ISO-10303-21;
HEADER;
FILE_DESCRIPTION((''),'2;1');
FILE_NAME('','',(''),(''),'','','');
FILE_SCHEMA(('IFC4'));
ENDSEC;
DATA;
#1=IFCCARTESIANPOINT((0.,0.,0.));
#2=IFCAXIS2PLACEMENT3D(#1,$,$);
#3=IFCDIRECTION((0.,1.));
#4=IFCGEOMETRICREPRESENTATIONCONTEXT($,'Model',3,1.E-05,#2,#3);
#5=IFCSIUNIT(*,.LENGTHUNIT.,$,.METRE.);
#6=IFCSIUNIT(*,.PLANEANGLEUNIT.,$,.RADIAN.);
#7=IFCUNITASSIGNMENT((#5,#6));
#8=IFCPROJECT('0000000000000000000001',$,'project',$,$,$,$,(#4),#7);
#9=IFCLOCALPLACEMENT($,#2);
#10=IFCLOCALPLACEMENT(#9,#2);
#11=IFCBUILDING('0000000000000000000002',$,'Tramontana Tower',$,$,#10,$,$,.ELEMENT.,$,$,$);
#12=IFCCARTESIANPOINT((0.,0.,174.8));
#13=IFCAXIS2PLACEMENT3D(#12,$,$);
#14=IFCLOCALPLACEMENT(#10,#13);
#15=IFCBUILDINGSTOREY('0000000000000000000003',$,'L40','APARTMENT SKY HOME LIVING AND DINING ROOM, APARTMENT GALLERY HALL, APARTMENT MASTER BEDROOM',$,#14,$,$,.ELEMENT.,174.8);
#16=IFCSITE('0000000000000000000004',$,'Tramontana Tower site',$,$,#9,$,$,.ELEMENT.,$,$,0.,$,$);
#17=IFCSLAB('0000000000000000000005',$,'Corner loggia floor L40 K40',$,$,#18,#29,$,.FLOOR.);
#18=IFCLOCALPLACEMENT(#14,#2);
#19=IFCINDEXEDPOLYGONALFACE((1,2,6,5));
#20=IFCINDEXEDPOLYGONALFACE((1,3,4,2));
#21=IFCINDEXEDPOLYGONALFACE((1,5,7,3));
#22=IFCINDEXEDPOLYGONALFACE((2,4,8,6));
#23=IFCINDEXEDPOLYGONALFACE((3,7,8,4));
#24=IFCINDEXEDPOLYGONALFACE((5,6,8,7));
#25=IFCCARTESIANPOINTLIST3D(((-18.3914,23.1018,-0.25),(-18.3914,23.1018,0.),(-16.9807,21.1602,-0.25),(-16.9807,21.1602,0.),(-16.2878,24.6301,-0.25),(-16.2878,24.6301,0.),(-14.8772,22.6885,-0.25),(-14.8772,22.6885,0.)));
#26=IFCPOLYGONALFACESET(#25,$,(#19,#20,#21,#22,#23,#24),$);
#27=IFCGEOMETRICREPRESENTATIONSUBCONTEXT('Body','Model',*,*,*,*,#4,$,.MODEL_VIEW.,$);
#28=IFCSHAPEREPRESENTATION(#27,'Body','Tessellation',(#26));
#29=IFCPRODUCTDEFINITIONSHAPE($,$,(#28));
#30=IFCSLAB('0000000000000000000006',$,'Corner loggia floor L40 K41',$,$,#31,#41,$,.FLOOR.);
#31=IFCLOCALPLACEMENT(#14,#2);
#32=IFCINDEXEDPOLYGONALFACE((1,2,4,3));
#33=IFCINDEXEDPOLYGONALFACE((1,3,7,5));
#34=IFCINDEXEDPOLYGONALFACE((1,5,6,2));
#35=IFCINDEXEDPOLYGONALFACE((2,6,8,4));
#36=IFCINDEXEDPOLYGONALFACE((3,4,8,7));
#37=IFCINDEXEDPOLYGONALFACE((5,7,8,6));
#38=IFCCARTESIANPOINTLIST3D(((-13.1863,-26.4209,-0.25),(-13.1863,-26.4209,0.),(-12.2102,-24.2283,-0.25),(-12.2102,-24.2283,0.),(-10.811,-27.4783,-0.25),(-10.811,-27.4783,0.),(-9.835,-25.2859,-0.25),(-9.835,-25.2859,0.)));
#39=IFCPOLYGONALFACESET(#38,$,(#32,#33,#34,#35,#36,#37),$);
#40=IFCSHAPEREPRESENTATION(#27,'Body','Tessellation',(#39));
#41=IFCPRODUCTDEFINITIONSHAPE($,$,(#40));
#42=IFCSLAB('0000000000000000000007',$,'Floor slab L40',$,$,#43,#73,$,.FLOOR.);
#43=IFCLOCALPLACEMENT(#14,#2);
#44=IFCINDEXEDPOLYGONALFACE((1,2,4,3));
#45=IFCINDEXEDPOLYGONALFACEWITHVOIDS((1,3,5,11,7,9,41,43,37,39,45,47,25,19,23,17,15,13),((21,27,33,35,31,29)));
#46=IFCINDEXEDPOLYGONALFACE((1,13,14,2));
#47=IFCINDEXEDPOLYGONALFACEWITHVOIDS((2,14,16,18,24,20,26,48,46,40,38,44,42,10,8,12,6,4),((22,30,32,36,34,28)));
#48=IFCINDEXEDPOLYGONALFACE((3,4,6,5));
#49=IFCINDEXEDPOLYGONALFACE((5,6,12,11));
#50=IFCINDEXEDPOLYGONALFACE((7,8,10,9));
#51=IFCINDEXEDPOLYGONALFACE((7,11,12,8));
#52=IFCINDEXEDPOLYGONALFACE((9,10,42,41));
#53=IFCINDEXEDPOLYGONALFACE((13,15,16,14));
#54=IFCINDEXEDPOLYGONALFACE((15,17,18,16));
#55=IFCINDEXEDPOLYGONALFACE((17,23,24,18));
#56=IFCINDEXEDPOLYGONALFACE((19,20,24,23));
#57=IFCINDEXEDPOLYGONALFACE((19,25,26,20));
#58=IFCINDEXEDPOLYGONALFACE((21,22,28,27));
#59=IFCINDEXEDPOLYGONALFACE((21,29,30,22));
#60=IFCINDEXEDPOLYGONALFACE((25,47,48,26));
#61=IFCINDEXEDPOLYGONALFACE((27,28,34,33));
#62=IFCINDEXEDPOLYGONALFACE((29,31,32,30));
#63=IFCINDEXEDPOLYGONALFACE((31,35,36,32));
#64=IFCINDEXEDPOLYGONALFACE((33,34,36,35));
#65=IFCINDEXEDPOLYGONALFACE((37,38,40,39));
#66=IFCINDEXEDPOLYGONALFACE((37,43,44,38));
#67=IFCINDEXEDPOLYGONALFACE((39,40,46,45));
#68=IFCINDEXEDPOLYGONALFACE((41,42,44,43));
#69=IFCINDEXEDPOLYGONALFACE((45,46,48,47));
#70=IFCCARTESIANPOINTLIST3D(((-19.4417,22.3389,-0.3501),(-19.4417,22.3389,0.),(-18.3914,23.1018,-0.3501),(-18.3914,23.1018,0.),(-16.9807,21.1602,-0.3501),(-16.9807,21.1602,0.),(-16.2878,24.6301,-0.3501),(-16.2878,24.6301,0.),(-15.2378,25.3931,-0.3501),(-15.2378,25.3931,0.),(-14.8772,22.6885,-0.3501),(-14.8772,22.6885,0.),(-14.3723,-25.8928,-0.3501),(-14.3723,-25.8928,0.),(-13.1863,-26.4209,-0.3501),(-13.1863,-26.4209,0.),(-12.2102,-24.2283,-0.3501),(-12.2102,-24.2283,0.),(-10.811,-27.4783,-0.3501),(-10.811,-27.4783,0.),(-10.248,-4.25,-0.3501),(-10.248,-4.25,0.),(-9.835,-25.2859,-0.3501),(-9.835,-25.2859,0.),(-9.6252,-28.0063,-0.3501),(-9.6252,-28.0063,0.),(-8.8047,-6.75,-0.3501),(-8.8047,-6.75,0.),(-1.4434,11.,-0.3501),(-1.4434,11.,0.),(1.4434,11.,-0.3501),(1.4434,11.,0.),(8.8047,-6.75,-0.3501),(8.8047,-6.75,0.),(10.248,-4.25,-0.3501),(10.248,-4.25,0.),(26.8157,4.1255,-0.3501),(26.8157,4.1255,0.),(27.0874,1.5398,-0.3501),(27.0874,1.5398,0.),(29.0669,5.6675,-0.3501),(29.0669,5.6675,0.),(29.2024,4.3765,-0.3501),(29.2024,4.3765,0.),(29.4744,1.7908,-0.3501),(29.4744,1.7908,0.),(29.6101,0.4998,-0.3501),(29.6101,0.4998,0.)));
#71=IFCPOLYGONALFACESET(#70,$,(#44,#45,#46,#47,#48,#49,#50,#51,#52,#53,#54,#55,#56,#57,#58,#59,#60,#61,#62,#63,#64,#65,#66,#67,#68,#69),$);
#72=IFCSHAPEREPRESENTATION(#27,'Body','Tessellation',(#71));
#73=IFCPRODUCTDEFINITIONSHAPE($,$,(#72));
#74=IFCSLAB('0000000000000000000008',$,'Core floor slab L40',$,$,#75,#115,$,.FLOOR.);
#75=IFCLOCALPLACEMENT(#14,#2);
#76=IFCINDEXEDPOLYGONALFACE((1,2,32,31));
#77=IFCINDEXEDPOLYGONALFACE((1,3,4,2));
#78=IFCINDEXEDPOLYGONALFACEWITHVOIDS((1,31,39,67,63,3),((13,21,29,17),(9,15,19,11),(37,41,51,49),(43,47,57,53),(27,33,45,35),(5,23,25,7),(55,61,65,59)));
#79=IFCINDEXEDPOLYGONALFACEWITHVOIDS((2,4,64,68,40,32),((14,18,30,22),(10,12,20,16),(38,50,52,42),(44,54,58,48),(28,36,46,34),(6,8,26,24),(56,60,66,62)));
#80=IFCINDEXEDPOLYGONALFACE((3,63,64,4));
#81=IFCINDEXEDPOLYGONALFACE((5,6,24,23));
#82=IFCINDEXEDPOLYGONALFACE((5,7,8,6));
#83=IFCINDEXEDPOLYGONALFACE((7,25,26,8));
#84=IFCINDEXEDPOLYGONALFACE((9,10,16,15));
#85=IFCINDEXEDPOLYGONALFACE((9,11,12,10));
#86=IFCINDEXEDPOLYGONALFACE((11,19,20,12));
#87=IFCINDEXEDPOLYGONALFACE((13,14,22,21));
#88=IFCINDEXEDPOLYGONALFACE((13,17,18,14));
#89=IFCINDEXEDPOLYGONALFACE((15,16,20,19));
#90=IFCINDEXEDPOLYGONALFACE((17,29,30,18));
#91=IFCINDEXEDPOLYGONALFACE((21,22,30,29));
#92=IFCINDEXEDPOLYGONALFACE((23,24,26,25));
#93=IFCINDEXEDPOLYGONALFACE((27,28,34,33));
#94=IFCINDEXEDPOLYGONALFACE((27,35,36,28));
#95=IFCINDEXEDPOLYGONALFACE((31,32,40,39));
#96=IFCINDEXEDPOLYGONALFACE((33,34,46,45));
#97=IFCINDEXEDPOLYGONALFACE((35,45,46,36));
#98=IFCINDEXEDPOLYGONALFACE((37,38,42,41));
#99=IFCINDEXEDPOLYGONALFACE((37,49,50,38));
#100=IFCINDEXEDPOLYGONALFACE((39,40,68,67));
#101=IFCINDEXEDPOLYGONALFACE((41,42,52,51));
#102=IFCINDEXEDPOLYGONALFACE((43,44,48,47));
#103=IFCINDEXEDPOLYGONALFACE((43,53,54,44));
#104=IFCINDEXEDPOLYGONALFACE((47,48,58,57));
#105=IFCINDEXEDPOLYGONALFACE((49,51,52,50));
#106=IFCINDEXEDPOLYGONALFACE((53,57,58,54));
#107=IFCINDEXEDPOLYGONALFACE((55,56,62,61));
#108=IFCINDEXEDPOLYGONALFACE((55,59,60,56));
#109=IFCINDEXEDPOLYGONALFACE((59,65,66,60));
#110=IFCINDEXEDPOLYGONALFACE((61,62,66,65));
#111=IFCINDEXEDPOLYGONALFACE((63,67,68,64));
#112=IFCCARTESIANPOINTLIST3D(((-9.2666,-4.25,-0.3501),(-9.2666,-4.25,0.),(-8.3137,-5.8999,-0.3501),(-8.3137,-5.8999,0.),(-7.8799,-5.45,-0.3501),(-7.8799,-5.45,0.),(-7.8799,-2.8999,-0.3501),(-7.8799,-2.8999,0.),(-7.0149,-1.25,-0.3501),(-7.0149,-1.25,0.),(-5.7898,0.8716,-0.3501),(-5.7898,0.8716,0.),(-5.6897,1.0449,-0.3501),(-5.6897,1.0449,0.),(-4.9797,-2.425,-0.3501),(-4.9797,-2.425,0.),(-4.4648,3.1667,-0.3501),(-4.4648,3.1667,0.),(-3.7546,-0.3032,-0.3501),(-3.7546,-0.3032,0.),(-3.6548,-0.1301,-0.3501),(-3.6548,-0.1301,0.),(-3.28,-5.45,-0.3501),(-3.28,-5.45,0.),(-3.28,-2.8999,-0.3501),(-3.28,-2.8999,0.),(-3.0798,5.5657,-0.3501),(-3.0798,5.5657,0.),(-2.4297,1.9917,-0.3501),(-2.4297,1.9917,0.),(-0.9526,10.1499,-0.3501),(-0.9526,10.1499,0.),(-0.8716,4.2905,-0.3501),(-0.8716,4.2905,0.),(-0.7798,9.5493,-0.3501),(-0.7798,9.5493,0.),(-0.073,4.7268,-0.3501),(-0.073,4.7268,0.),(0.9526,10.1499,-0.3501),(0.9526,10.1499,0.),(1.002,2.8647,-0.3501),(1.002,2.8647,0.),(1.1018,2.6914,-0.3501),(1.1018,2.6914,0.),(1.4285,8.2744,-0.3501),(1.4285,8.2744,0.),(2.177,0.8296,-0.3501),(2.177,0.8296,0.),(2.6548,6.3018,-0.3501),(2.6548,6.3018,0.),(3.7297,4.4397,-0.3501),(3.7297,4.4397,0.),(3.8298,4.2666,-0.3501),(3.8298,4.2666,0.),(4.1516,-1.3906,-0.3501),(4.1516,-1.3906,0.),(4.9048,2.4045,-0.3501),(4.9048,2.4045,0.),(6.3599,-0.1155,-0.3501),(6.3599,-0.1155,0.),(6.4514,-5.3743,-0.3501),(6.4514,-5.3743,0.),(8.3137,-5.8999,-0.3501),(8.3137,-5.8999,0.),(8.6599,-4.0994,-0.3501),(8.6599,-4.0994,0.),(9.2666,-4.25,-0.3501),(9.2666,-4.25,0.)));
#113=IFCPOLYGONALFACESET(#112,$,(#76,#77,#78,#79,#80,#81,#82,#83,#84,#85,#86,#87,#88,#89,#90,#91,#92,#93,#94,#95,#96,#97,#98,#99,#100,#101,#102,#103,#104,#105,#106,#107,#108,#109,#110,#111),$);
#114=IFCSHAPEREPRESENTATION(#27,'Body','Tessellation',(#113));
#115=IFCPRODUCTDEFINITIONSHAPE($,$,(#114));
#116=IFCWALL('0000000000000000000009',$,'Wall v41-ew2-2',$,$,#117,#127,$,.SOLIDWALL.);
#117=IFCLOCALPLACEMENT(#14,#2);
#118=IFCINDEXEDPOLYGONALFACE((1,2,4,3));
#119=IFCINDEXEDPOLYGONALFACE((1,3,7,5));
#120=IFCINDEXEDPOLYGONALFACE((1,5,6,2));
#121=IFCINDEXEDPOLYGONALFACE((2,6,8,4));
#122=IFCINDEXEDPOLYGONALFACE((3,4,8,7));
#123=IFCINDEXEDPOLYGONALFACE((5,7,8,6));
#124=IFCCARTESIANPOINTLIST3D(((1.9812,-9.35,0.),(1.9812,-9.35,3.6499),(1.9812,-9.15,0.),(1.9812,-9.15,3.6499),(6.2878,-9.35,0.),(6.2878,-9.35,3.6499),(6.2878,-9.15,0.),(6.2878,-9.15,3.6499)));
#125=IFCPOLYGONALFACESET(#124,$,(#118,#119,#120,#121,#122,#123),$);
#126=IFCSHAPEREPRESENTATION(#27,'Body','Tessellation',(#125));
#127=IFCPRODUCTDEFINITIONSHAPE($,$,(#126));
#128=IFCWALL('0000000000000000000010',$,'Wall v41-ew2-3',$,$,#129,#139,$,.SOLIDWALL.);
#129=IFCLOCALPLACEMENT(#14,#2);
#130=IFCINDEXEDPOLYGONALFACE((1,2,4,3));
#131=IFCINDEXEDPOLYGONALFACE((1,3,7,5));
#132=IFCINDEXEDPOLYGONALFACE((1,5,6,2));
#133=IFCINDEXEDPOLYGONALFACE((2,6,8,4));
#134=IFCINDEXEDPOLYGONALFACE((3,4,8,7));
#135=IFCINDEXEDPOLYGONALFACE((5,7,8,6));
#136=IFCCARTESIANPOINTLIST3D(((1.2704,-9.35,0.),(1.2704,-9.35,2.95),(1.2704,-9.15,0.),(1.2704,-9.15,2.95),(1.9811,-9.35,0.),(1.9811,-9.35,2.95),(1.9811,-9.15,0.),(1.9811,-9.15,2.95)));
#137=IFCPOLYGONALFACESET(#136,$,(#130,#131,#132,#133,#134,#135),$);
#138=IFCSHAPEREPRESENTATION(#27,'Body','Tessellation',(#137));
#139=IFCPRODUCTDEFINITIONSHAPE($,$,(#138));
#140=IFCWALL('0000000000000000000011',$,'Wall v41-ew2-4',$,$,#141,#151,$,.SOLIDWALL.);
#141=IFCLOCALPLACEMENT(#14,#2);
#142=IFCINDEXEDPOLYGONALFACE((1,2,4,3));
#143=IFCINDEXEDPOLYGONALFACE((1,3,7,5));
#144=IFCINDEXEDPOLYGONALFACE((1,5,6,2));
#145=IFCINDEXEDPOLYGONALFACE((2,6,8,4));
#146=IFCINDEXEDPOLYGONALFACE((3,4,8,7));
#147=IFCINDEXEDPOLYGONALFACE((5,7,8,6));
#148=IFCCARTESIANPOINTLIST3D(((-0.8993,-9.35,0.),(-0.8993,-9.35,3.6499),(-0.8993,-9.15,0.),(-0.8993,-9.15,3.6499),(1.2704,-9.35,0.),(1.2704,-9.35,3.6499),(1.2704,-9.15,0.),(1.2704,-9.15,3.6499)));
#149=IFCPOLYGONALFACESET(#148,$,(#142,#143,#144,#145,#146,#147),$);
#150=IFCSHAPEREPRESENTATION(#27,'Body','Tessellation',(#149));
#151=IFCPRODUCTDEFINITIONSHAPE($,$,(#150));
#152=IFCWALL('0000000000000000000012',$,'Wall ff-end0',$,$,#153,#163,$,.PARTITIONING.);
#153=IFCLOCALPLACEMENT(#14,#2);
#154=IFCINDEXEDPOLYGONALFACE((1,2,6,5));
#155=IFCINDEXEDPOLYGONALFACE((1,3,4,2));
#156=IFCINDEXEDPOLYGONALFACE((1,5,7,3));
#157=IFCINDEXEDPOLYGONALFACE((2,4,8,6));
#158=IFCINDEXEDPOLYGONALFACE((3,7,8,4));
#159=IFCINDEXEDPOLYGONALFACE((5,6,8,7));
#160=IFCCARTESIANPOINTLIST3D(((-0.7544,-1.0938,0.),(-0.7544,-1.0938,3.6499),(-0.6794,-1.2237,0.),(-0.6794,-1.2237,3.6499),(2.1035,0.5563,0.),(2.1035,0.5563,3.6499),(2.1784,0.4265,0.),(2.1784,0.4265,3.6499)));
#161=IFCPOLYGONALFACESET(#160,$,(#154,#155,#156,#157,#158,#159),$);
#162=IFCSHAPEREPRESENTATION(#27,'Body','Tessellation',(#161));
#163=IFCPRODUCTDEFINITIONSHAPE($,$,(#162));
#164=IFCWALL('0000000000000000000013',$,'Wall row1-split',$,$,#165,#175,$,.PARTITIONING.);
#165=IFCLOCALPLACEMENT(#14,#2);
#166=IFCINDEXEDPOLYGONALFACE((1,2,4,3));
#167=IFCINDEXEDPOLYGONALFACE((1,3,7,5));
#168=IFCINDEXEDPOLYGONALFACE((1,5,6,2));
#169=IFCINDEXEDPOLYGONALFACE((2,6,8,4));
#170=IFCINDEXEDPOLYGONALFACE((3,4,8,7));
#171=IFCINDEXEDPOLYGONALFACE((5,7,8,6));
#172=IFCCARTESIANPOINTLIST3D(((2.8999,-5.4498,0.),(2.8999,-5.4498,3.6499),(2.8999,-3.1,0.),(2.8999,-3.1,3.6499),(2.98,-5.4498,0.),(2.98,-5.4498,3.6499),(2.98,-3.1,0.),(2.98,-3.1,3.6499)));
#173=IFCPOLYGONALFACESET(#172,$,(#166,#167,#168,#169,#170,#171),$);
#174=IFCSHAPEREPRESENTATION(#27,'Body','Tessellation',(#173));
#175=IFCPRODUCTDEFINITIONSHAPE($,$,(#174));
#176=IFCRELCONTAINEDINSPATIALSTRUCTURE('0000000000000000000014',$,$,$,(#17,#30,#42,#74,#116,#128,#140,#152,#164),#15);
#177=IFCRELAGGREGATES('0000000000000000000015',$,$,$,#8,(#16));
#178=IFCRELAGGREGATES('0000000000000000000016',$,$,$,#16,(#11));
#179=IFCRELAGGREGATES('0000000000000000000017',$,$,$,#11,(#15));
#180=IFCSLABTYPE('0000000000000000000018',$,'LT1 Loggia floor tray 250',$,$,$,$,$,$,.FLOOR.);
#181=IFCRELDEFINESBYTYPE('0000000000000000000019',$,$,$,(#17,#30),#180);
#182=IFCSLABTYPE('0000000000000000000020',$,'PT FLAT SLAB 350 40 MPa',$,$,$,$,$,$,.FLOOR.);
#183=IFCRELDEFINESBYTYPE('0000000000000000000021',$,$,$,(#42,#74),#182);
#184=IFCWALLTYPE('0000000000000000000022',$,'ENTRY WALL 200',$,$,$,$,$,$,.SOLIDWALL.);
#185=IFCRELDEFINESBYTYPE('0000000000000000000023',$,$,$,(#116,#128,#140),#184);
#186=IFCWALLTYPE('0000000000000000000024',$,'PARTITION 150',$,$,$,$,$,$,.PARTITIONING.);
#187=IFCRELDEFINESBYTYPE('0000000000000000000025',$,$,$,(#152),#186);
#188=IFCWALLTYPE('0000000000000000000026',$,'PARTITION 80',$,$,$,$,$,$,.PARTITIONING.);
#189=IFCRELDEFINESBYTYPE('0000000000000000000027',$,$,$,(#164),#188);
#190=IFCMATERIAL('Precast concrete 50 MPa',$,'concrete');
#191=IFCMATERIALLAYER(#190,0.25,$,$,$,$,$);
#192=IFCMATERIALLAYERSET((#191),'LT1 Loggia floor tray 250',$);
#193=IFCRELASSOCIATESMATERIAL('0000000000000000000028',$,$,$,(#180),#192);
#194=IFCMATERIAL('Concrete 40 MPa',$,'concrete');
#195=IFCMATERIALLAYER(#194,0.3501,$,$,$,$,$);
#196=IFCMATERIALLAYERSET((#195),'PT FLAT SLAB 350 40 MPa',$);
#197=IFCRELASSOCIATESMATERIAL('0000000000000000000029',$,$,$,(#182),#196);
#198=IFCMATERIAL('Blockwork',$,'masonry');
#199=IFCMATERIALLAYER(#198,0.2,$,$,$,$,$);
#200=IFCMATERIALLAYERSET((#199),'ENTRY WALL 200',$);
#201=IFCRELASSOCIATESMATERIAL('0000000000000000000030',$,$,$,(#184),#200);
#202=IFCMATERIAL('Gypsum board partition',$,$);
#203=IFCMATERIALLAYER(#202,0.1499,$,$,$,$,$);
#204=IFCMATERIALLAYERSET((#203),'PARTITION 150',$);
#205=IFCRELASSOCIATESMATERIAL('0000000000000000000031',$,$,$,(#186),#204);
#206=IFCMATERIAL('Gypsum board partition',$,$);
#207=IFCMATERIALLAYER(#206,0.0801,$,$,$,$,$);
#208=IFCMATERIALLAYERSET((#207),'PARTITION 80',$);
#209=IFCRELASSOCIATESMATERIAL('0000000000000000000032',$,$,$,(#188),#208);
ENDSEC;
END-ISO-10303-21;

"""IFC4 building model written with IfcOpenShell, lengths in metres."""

from ifc_helpers import new_model, si_unit, direction, frame, frame_2d, origin, place, context, subcontext, project, spatial, polyline, rectangle, outline, extrude, material, layer, layer_set, type_object, element, save


model = new_model("IFC4")

# Units and contexts
model_context = context("Model", 3, precision=1e-05, world=origin(), true_north=direction((0.0, 1.0)))
body_context = subcontext(model_context, "Body", "Model", "MODEL_VIEW")
ifc_project = project(units=[si_unit("LENGTHUNIT", "METRE"), si_unit("PLANEANGLEUNIT", "RADIAN")], contexts=[model_context])

# Site, building, storey
site_placement = place(None, origin())
site = spatial("IfcSite", under=ifc_project, at=site_placement, Name="Tramontana Tower site", CompositionType="ELEMENT", RefElevation=0.0)
building_placement = place(site_placement, origin())
building = spatial("IfcBuilding", under=site, at=building_placement, Name="Tramontana Tower", CompositionType="ELEMENT")
storey_placement = place(building_placement, frame((0.0, 0.0, 174.8)))
storey = spatial("IfcBuildingStorey", under=building, at=storey_placement, Name="L40", Description="APARTMENT SKY HOME LIVING AND DINING ROOM, APARTMENT GALLERY HALL, APARTMENT MASTER BEDROOM", CompositionType="ELEMENT", Elevation=174.8)

# Slabs
ifc_material_1 = material(Name="Precast concrete 50 MPa", Category="concrete")
ifc_layer_1 = layer(ifc_material_1, 0.25)
ifc_layer_set_1 = layer_set([ifc_layer_1], Name="LT1 Loggia floor tray 250")
slab_type_1 = type_object("IfcSlabType", Name="LT1 Loggia floor tray 250", PredefinedType="FLOOR", material=ifc_layer_set_1)
slab_1_placement = place(storey_placement, frame((0.0, 0.0, -0.25)))
element("IfcSlab", 1, at=slab_1_placement, inside=storey, type_object=slab_type_1, Name="Corner loggia floor L40 K40", PredefinedType="FLOOR", context=body_context, shape_type="SweptSolid", body=[
    extrude(outline(polyline([(-16.2878, 24.6301), (-14.8772, 22.6885), (-16.9807, 21.1602), (-18.3914, 23.1018), (-16.2878, 24.6301)])), origin(), (0.0, 0.0, 1.0), 0.25),
])
slab_2_placement = place(storey_placement, frame((0.0, 0.0, -0.25)))
element("IfcSlab", 2, at=slab_2_placement, inside=storey, type_object=slab_type_1, Name="Corner loggia floor L40 K41", PredefinedType="FLOOR", context=body_context, shape_type="SweptSolid", body=[
    extrude(outline(polyline([(-13.1863, -26.4209), (-12.2102, -24.2283), (-9.835, -25.2859), (-10.811, -27.4783), (-13.1863, -26.4209)])), origin(), (0.0, 0.0, 1.0), 0.25),
])
ifc_material_2 = material(Name="Concrete 40 MPa", Category="concrete")
ifc_layer_2 = layer(ifc_material_2, 0.3501)
ifc_layer_set_2 = layer_set([ifc_layer_2], Name="PT FLAT SLAB 350 40 MPa")
slab_type_2 = type_object("IfcSlabType", Name="PT FLAT SLAB 350 40 MPa", PredefinedType="FLOOR", material=ifc_layer_set_2)
slab_3_placement = place(storey_placement, frame((0.0, 0.0, -0.3501)))
element("IfcSlab", 3, at=slab_3_placement, inside=storey, type_object=slab_type_2, Name="Floor slab L40", PredefinedType="FLOOR", context=body_context, shape_type="SweptSolid", body=[
    extrude(outline(polyline([(29.2024, 4.3765), (26.8157, 4.1255), (27.0874, 1.5398), (29.4744, 1.7908), (29.6101, 0.4998), (-9.6252, -28.0063), (-10.811, -27.4783), (-9.835, -25.2859), (-12.2102, -24.2283), (-13.1863, -26.4209), (-14.3723, -25.8928), (-19.4417, 22.3389), (-18.3914, 23.1018), (-16.9807, 21.1602), (-14.8772, 22.6885), (-16.2878, 24.6301), (-15.2378, 25.3931), (29.0669, 5.6675), (29.2024, 4.3765)]), holes=[polyline([(-10.248, -4.25), (-8.8047, -6.75), (8.8047, -6.75), (10.248, -4.25), (1.4434, 11.0), (-1.4434, 11.0), (-10.248, -4.25)])]), origin(), (0.0, 0.0, 1.0), 0.3501),
])
slab_4_placement = place(storey_placement, frame((0.0, 0.0, -0.3501)))
element("IfcSlab", 4, at=slab_4_placement, inside=storey, type_object=slab_type_2, Name="Core floor slab L40", PredefinedType="FLOOR", context=body_context, shape_type="SweptSolid", body=[
    extrude(outline(polyline([(9.2666, -4.25), (8.3137, -5.8999), (-8.3137, -5.8999), (-9.2666, -4.25), (-0.9526, 10.1499), (0.9526, 10.1499), (9.2666, -4.25)]), holes=[polyline([(8.6599, -4.0994), (6.3599, -0.1155), (4.1516, -1.3906), (6.4514, -5.3743), (8.6599, -4.0994)]), polyline([(3.8298, 4.2666), (1.1018, 2.6914), (2.177, 0.8296), (4.9048, 2.4045), (3.8298, 4.2666)]), polyline([(2.6548, 6.3018), (-0.073, 4.7268), (1.002, 2.8647), (3.7297, 4.4397), (2.6548, 6.3018)]), polyline([(-0.7798, 9.5493), (-3.0798, 5.5657), (-0.8716, 4.2905), (1.4285, 8.2744), (-0.7798, 9.5493)]), polyline([(-5.6897, 1.0449), (-3.6548, -0.1301), (-2.4297, 1.9917), (-4.4648, 3.1667), (-5.6897, 1.0449)]), polyline([(-3.28, -5.45), (-3.28, -2.8999), (-7.8799, -2.8999), (-7.8799, -5.45), (-3.28, -5.45)]), polyline([(-7.0149, -1.25), (-4.9797, -2.425), (-3.7546, -0.3032), (-5.7898, 0.8716), (-7.0149, -1.25)])]), origin(), (0.0, 0.0, 1.0), 0.3501),
])

# Walls
ifc_material_3 = material(Name="Blockwork", Category="masonry")
ifc_layer_3 = layer(ifc_material_3, 0.2)
ifc_layer_set_3 = layer_set([ifc_layer_3], Name="ENTRY WALL 200")
wall_type_1 = type_object("IfcWallType", Name="ENTRY WALL 200", PredefinedType="SOLIDWALL", material=ifc_layer_set_3)
wall_1_placement = place(storey_placement, frame((6.2878, -9.25, 0.0), z_axis=(0.0, 0.0, 1.0), x_axis=(-1.0, 0.0, 0.0)))
element("IfcWall", 5, at=wall_1_placement, inside=storey, type_object=wall_type_1, Name="Wall v41-ew2-2", PredefinedType="SOLIDWALL", context=body_context, shape_type="SweptSolid", body=[
    extrude(rectangle(XDim=4.3066, YDim=0.2, at=frame_2d((2.1533, 0.0))), origin(), (0.0, 0.0, 1.0), 3.6499),
])
wall_2_placement = place(storey_placement, frame((1.9812, -9.25, 0.0), z_axis=(0.0, 0.0, 1.0), x_axis=(-1.0, 0.0, 0.0)))
element("IfcWall", 6, at=wall_2_placement, inside=storey, type_object=wall_type_1, Name="Wall v41-ew2-3", PredefinedType="SOLIDWALL", context=body_context, shape_type="SweptSolid", body=[
    extrude(rectangle(XDim=0.7107, YDim=0.2, at=frame_2d((0.3555, 0.0))), origin(), (0.0, 0.0, 1.0), 2.95),
])
wall_3_placement = place(storey_placement, frame((1.2705, -9.25, 0.0), z_axis=(0.0, 0.0, 1.0), x_axis=(-1.0, 0.0, 0.0)))
element("IfcWall", 7, at=wall_3_placement, inside=storey, type_object=wall_type_1, Name="Wall v41-ew2-4", PredefinedType="SOLIDWALL", context=body_context, shape_type="SweptSolid", body=[
    extrude(rectangle(XDim=2.1697, YDim=0.2, at=frame_2d((1.085, 0.0))), origin(), (0.0, 0.0, 1.0), 3.6499),
])

# Shared definitions
ifc_material_4 = material(Name="Gypsum board partition")
ifc_layer_4 = layer(ifc_material_4, 0.1499)
ifc_layer_set_4 = layer_set([ifc_layer_4], Name="PARTITION 150")
wall_type_2 = type_object("IfcWallType", Name="PARTITION 150", PredefinedType="PARTITIONING", material=ifc_layer_set_4)

# Walls
wall_4_placement = place(storey_placement, frame((-0.7168, -1.1587, 0.0), z_axis=(0.0, 0.0, 1.0), x_axis=(0.866008, 0.50003, 0.0)))
element("IfcWall", 8, at=wall_4_placement, inside=storey, type_object=wall_type_2, Name="Wall ff-end0", PredefinedType="PARTITIONING", context=body_context, shape_type="SweptSolid", body=[
    extrude(rectangle(XDim=3.3, YDim=0.1499, at=frame_2d((1.6499, 0.0))), origin(), (0.0, 0.0, 1.0), 3.6499),
])
ifc_material_5 = material(Name="Gypsum board partition")
ifc_layer_5 = layer(ifc_material_5, 0.0801)
ifc_layer_set_5 = layer_set([ifc_layer_5], Name="PARTITION 80")
wall_type_3 = type_object("IfcWallType", Name="PARTITION 80", PredefinedType="PARTITIONING", material=ifc_layer_set_5)
wall_5_placement = place(storey_placement, frame((2.9399, -3.1001, 0.0), z_axis=(0.0, 0.0, 1.0), x_axis=(0.0, -1.0, 0.0)))
element("IfcWall", 9, at=wall_5_placement, inside=storey, type_object=wall_type_3, Name="Wall row1-split", PredefinedType="PARTITIONING", context=body_context, shape_type="SweptSolid", body=[
    extrude(rectangle(XDim=2.3499, YDim=0.0801, at=frame_2d((1.1748, 0.0))), origin(), (0.0, 0.0, 1.0), 3.6499),
])

save(model, "model.ifc")
